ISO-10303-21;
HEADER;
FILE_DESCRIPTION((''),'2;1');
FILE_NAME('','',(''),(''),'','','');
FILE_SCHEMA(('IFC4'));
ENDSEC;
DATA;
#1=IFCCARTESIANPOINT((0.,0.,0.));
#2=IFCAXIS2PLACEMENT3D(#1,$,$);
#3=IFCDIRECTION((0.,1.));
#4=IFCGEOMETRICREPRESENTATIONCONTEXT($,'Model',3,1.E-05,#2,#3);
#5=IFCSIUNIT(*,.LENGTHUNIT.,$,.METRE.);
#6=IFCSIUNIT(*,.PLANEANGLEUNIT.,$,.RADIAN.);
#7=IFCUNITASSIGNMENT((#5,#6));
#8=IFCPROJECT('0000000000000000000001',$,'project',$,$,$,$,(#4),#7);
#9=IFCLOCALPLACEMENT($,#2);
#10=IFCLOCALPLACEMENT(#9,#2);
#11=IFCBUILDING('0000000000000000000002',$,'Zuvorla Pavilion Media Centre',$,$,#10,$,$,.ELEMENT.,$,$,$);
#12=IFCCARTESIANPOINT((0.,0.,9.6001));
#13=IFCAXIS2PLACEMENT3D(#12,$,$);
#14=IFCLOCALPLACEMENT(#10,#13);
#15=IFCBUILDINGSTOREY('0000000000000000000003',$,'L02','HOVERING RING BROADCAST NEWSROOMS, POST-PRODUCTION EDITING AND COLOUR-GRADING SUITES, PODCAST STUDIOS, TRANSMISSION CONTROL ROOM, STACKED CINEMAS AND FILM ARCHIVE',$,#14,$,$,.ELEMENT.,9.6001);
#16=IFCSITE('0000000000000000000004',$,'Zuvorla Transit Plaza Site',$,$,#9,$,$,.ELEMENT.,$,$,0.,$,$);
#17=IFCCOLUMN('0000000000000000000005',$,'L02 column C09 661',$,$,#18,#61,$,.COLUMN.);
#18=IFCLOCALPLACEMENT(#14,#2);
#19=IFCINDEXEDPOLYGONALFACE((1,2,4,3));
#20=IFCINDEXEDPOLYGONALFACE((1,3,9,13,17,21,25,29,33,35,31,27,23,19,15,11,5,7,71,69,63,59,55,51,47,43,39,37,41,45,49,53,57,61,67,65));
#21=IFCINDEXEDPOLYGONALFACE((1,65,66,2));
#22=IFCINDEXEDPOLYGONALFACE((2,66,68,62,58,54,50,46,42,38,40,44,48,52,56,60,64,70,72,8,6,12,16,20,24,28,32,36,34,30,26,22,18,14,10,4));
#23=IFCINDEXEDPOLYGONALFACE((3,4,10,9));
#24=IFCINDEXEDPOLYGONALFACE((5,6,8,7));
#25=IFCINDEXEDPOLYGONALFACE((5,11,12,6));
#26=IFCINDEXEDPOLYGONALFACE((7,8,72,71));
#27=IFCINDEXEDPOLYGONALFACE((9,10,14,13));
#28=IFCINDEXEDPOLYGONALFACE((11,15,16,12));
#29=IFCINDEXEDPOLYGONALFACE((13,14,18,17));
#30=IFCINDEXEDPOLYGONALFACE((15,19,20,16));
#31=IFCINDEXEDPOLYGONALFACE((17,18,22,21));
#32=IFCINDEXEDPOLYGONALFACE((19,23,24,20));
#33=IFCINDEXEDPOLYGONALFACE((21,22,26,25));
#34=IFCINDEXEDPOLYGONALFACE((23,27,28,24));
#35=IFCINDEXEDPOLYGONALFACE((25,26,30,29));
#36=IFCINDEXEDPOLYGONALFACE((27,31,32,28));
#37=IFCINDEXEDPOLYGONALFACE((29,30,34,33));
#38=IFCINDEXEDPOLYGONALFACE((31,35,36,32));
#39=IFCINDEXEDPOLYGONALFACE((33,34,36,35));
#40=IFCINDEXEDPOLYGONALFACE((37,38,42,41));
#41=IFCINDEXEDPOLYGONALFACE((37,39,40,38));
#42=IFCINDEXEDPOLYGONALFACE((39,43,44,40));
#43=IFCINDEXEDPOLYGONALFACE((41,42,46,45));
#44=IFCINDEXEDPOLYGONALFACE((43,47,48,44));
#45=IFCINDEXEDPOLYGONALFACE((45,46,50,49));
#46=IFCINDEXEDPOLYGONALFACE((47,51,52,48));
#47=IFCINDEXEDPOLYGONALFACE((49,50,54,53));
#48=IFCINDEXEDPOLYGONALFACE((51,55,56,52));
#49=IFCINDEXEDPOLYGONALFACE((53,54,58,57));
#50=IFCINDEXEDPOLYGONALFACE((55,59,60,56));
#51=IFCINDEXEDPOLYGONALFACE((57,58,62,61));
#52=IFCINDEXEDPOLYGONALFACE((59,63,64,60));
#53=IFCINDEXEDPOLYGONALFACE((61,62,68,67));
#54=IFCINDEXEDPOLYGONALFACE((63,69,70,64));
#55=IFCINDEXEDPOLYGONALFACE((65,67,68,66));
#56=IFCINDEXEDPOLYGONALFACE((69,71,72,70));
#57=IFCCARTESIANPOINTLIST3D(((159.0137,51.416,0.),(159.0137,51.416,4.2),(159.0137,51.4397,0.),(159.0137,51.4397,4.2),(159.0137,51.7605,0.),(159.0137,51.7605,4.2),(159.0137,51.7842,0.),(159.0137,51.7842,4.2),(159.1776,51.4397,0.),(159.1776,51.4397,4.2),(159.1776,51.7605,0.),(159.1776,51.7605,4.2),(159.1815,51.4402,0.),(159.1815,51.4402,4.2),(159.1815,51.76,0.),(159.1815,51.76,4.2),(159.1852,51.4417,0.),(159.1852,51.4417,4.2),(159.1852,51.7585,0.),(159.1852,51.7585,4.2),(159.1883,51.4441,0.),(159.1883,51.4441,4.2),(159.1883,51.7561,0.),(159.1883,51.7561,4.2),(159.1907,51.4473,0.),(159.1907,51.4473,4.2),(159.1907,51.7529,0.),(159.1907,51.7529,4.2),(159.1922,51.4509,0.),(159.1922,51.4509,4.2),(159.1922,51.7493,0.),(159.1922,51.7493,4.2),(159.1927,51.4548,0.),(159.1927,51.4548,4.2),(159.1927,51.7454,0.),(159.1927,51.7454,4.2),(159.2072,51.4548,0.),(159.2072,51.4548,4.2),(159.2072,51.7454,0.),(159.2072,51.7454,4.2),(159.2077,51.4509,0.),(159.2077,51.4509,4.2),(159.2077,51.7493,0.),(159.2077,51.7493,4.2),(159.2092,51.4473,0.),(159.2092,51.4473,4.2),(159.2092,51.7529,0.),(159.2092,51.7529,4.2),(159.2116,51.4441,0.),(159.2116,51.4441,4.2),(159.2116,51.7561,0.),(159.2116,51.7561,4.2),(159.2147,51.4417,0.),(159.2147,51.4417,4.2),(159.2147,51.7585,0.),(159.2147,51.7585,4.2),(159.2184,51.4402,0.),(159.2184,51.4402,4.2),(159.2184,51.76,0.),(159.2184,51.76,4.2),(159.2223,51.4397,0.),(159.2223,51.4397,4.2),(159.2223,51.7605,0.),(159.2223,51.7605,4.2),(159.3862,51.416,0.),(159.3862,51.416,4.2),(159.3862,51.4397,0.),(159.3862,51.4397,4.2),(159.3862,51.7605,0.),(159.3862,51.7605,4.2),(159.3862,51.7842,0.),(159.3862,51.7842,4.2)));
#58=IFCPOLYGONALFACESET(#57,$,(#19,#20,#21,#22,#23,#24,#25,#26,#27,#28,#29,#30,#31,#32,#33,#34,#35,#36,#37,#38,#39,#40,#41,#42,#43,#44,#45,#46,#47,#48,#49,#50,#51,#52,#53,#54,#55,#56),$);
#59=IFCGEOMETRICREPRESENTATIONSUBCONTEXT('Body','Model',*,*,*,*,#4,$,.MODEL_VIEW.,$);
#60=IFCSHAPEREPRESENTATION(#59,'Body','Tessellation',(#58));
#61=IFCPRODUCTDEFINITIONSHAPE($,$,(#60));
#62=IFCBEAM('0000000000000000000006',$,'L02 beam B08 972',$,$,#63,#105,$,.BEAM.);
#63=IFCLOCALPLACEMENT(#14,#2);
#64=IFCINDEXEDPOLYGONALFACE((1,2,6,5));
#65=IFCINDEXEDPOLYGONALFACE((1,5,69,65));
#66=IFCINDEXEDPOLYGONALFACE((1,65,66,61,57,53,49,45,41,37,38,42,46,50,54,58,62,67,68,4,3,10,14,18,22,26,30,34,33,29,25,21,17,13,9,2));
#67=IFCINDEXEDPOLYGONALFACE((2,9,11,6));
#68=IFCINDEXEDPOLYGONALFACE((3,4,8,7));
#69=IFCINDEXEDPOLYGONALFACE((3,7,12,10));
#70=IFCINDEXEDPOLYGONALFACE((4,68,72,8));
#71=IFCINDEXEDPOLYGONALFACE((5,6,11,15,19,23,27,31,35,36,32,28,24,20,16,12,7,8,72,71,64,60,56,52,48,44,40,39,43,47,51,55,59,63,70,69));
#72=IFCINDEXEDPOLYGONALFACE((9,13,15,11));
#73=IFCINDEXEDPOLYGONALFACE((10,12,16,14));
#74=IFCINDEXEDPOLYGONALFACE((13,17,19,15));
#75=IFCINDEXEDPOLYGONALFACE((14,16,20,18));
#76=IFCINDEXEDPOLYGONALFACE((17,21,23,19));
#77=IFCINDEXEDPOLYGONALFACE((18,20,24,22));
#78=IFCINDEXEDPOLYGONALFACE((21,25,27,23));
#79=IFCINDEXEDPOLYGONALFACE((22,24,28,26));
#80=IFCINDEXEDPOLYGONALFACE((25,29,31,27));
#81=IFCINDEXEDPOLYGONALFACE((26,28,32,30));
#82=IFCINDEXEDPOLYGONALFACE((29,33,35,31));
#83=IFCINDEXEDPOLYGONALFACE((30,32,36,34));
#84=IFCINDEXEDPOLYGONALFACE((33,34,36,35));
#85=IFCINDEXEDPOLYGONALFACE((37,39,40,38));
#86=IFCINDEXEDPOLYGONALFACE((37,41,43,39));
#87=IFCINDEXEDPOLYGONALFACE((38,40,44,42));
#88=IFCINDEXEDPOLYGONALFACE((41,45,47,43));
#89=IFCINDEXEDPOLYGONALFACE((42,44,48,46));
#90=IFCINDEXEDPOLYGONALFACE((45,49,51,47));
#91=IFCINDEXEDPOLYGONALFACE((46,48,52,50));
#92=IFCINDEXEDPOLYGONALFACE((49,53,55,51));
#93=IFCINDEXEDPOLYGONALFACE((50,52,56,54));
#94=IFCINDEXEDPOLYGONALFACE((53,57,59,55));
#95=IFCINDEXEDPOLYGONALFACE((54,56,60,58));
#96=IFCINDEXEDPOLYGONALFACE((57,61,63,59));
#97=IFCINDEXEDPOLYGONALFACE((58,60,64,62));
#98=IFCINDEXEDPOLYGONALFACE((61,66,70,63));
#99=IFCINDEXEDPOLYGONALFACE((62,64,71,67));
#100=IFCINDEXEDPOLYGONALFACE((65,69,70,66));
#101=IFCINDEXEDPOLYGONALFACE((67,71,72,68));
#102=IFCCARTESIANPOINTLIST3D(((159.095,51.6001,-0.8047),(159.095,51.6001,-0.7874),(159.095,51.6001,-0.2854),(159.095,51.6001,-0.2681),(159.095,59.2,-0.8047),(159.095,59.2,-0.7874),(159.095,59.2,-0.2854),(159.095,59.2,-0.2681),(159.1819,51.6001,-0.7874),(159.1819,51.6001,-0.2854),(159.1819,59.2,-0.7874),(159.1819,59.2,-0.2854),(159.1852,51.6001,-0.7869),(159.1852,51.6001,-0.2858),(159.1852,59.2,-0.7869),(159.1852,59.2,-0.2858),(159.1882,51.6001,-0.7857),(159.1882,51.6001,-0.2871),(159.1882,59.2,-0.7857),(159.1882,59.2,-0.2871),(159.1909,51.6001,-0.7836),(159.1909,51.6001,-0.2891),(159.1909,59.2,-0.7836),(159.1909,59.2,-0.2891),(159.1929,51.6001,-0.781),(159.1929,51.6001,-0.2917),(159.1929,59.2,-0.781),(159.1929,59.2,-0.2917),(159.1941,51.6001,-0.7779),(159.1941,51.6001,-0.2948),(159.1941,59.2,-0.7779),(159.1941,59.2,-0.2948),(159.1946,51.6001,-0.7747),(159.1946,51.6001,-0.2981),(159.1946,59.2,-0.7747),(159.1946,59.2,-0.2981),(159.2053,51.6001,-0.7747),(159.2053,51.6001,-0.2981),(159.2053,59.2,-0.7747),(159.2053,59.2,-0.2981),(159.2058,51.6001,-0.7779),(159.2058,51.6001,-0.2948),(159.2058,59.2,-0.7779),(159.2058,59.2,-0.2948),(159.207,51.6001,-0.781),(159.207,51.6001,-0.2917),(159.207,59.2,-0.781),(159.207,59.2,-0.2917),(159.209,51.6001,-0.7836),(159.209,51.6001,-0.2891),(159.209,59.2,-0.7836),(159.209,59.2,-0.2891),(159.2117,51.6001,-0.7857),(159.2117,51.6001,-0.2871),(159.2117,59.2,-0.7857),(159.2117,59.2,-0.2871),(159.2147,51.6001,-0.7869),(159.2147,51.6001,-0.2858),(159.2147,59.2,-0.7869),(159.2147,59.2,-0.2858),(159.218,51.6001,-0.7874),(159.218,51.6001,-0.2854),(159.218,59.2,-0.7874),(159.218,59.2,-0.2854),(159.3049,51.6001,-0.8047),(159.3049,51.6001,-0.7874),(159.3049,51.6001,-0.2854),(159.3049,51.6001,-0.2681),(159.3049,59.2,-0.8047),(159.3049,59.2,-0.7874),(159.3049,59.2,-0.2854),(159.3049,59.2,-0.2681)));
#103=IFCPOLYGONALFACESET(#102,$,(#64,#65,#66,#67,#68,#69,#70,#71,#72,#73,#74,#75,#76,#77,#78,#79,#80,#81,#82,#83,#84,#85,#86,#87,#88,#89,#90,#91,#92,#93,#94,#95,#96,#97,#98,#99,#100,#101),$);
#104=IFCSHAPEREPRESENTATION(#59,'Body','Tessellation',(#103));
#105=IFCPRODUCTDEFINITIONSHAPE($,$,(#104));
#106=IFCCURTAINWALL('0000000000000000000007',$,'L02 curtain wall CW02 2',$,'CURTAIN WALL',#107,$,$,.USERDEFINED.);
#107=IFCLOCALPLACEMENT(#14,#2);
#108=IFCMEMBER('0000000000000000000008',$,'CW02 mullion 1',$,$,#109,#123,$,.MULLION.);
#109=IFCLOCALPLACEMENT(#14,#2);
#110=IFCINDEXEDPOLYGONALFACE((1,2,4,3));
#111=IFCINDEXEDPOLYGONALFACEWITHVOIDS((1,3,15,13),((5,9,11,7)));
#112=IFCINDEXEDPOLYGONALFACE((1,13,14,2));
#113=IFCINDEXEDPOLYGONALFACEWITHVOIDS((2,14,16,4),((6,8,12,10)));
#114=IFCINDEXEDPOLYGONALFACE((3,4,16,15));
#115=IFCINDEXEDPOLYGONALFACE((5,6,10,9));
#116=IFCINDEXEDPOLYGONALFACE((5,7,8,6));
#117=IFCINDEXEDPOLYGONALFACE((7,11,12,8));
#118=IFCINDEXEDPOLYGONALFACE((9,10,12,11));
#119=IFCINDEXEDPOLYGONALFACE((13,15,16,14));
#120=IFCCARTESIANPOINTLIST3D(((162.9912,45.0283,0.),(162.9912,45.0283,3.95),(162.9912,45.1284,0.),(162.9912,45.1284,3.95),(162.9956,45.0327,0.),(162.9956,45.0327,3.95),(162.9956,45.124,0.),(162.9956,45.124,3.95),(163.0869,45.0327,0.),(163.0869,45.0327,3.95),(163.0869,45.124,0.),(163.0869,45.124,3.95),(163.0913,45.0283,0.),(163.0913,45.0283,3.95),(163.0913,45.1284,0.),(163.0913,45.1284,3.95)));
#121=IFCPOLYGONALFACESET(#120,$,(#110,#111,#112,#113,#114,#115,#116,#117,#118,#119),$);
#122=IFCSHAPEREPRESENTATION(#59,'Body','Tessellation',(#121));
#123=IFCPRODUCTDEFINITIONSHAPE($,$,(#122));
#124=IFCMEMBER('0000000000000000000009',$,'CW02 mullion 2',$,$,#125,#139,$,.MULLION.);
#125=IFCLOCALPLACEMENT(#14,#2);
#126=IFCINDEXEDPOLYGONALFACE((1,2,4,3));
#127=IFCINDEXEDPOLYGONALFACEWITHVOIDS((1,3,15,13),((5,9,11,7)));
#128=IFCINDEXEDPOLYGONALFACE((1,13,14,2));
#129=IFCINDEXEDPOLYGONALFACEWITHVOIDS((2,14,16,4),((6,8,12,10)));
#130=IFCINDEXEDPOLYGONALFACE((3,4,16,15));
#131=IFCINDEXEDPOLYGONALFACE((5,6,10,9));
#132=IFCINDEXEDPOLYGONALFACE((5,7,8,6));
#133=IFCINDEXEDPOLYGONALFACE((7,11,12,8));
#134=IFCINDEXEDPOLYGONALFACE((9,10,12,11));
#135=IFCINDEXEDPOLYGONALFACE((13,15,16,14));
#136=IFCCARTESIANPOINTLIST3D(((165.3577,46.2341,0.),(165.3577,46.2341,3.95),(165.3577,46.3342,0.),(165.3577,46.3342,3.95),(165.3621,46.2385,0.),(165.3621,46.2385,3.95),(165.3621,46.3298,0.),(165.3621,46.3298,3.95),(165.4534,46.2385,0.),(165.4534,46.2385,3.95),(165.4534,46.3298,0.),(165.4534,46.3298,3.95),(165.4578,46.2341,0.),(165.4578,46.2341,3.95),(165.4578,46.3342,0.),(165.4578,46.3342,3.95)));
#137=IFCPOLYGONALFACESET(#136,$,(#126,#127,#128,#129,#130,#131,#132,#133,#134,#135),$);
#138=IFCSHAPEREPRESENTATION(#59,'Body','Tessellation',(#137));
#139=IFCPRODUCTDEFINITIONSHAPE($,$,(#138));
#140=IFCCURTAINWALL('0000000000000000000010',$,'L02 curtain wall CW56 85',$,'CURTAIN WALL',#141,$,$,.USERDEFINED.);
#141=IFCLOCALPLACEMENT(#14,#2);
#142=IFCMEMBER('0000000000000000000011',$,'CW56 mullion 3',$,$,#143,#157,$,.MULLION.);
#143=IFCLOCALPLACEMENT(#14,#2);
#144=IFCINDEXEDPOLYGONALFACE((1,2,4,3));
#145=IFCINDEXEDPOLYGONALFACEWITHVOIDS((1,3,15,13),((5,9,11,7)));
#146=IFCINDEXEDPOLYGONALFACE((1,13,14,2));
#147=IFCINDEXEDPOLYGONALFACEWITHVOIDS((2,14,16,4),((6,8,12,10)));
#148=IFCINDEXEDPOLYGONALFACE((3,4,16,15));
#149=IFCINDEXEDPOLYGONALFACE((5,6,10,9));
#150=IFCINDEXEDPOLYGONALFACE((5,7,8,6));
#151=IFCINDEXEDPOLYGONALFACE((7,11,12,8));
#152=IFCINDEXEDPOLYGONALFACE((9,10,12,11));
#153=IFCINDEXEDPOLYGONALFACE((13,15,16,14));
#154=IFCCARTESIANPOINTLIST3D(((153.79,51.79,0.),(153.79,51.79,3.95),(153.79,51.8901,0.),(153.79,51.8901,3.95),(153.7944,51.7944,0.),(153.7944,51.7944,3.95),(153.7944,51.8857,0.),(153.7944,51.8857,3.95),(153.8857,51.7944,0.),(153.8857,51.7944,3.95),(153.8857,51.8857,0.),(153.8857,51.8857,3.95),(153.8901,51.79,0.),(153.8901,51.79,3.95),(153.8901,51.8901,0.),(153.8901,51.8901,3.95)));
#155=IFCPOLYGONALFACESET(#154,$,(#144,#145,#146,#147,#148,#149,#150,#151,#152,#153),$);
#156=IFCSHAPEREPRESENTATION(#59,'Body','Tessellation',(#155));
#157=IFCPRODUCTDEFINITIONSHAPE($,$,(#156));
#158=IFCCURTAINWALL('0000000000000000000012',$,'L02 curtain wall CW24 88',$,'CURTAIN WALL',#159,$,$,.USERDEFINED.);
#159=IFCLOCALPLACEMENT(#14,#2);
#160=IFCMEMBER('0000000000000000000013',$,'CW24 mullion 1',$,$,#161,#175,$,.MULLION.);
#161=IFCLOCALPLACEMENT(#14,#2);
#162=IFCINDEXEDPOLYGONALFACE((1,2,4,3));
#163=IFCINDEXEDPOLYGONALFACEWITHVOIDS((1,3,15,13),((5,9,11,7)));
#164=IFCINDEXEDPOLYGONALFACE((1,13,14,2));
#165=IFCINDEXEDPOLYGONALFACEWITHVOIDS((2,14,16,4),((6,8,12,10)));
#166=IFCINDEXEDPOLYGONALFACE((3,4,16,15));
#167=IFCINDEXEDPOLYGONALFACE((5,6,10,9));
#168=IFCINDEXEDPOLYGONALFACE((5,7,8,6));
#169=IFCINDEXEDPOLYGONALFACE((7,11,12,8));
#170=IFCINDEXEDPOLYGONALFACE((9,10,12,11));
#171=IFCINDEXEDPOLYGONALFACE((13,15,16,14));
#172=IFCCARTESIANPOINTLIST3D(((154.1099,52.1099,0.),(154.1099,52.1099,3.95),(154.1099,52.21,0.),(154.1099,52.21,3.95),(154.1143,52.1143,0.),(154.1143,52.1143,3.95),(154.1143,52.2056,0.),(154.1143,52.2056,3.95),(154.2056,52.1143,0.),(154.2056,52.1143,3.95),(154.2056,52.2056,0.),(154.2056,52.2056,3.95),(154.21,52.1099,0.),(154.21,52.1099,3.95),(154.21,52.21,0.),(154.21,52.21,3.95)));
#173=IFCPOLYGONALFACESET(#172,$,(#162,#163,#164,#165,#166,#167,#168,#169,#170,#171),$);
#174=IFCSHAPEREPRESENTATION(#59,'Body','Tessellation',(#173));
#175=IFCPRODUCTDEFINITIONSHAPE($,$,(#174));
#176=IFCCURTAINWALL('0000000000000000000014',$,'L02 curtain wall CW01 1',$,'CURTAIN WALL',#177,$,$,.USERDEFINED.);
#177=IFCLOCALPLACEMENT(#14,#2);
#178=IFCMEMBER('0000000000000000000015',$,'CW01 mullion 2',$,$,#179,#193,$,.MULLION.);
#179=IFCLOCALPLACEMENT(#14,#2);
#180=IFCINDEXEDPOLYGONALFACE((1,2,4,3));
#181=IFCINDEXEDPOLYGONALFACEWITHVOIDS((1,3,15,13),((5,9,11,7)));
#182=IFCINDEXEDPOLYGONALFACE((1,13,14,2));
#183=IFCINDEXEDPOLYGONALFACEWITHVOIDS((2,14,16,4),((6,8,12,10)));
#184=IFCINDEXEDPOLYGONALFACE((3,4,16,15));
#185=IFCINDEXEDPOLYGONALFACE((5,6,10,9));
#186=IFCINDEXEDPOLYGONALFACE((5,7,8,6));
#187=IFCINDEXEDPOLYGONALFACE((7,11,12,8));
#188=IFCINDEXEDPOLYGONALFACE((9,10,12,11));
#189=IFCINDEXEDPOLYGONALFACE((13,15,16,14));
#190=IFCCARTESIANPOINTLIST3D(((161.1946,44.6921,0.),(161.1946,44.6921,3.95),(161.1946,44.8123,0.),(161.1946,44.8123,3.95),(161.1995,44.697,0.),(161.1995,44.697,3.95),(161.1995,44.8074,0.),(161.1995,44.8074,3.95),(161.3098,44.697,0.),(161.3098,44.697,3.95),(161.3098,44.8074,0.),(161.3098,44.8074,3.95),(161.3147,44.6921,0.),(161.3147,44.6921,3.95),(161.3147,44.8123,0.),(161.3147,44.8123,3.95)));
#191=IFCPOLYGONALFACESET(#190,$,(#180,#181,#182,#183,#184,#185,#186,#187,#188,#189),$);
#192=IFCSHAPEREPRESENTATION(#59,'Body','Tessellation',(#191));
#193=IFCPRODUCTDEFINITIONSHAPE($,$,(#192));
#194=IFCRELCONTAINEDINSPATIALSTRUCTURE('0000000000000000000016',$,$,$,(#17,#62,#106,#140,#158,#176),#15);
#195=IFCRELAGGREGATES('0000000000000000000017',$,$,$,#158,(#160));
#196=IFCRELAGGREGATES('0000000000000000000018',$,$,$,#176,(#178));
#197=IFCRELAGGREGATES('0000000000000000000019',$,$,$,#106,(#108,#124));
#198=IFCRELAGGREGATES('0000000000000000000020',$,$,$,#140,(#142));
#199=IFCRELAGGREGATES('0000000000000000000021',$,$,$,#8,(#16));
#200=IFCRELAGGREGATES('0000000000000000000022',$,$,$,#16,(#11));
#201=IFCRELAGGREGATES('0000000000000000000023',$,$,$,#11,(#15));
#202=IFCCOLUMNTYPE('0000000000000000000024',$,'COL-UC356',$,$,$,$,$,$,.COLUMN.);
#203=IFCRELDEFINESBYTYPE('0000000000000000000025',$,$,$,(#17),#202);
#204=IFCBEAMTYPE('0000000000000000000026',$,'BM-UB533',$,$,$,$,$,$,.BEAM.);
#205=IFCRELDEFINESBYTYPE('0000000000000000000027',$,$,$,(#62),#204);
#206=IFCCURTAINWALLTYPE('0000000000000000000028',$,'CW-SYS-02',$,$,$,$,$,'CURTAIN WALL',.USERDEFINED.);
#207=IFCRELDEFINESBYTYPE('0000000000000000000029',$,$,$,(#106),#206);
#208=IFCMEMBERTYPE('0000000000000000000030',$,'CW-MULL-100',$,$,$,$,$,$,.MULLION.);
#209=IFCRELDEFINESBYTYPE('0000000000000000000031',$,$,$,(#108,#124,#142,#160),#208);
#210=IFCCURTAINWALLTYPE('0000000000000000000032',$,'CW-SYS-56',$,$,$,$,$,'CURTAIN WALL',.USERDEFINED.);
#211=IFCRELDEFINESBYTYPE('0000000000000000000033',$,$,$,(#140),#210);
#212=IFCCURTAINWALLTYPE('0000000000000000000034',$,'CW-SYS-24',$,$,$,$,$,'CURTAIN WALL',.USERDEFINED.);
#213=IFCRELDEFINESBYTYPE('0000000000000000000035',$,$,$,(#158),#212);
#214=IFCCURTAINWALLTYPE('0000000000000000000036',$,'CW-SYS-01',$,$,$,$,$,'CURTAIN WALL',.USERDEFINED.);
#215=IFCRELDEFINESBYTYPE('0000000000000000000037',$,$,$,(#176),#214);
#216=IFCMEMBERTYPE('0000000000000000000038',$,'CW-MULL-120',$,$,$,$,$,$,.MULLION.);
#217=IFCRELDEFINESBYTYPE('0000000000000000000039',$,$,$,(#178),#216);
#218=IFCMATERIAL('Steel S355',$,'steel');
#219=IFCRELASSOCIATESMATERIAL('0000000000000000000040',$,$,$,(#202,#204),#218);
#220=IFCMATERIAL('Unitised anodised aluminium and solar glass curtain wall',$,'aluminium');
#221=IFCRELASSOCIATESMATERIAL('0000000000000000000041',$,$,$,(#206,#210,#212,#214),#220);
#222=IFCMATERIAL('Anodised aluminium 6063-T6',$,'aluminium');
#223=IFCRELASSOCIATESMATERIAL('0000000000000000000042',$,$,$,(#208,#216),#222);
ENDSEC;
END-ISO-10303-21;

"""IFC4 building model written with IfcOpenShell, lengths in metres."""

from ifc_helpers import new_model, si_unit, direction, frame, origin, origin_2d, place, context, subcontext, project, spatial, hollow_rectangle, i_section, extrude, material, material_profile, profile_set, type_object, element, aggregate, save


model = new_model("IFC4")

# Units and contexts
model_context = context("Model", 3, precision=1e-05, world=origin(), true_north=direction((0.0, 1.0)))
body_context = subcontext(model_context, "Body", "Model", "MODEL_VIEW")
ifc_project = project(units=[si_unit("LENGTHUNIT", "METRE"), si_unit("PLANEANGLEUNIT", "RADIAN")], contexts=[model_context])

# Site, building, storey
site_placement = place(None, origin())
site = spatial("IfcSite", under=ifc_project, at=site_placement, Name="Zuvorla Transit Plaza Site", CompositionType="ELEMENT", RefElevation=0.0)
building_placement = place(site_placement, origin())
building = spatial("IfcBuilding", under=site, at=building_placement, Name="Zuvorla Pavilion Media Centre", CompositionType="ELEMENT")
storey_placement = place(building_placement, frame((0.0, 0.0, 9.6001)))
storey = spatial("IfcBuildingStorey", under=building, at=storey_placement, Name="L02", Description="HOVERING RING BROADCAST NEWSROOMS, POST-PRODUCTION EDITING AND COLOUR-GRADING SUITES, PODCAST STUDIOS, TRANSMISSION CONTROL ROOM, STACKED CINEMAS AND FILM ARCHIVE", CompositionType="ELEMENT", Elevation=9.6001)

# Column
ifc_material_1 = material(Name="Steel S355", Category="steel")
ifc_material_profile_1 = material_profile(ifc_material_1, i_section(OverallWidth=0.3726, OverallDepth=0.3682, WebThickness=0.0144, FlangeThickness=0.0237, FilletRadius=0.0151, at=origin_2d()), Name="UC 356x368x177")
ifc_profile_set_1 = profile_set([ifc_material_profile_1], Name="Steel S355")
column_type = type_object("IfcColumnType", Name="COL-UC356", PredefinedType="COLUMN", material=ifc_profile_set_1)
column_placement = place(storey_placement, frame((159.2, 51.6001, 0.0), z_axis=(0.0, 0.0, 1.0), x_axis=(1.0, 0.0, 0.0)))
element("IfcColumn", 1, at=column_placement, inside=storey, type_object=column_type, Name="L02 column C09 661", PredefinedType="COLUMN", context=body_context, shape_type="SweptSolid", body=[
    extrude(i_section(OverallWidth=0.3726, OverallDepth=0.3682, WebThickness=0.0144, FlangeThickness=0.0237, FilletRadius=0.0151, at=origin_2d()), origin(), (0.0, 0.0, 1.0), 4.2),
])

# Beam
ifc_material_profile_2 = material_profile(ifc_material_1, i_section(OverallWidth=0.21, OverallDepth=0.5366, WebThickness=0.0107, FlangeThickness=0.0173, FilletRadius=0.0127, at=origin_2d()), Name="UB 533x210x101")
ifc_profile_set_2 = profile_set([ifc_material_profile_2], Name="Steel S355")
beam_type = type_object("IfcBeamType", Name="BM-UB533", PredefinedType="BEAM", material=ifc_profile_set_2)
beam_placement = place(storey_placement, frame((159.2, 51.6001, -0.5364), z_axis=(0.0, 1.0, 0.0), x_axis=(-1.0, 0.0, 0.0)))
element("IfcBeam", 2, at=beam_placement, inside=storey, type_object=beam_type, Name="L02 beam B08 972", PredefinedType="BEAM", context=body_context, shape_type="SweptSolid", body=[
    extrude(i_section(OverallWidth=0.21, OverallDepth=0.5366, WebThickness=0.0107, FlangeThickness=0.0173, FilletRadius=0.0127, at=origin_2d()), origin(), (0.0, 0.0, 1.0), 7.5999),
])

# Curtain wall, members
ifc_material_2 = material(Name="Unitised anodised aluminium and solar glass curtain wall", Category="aluminium")
curtain_wall_type_1 = type_object("IfcCurtainWallType", Name="CW-SYS-02", ElementType="CURTAIN WALL", PredefinedType="USERDEFINED", material=ifc_material_2)
curtain_wall_1_placement = place(storey_placement, origin())
curtain_wall_1 = element("IfcCurtainWall", 3, at=curtain_wall_1_placement, inside=storey, type_object=curtain_wall_type_1, Name="L02 curtain wall CW02 2", ObjectType="CURTAIN WALL", PredefinedType="USERDEFINED")
ifc_material_3 = material(Name="Anodised aluminium 6063-T6", Category="aluminium")
ifc_material_profile_3 = material_profile(ifc_material_3, hollow_rectangle(XDim=0.1001, YDim=0.1001, WallThickness=0.0044, at=origin_2d()), Name="ALU MULL 100x100")
ifc_profile_set_3 = profile_set([ifc_material_profile_3], Name="Anodised aluminium 6063-T6")
member_type_1 = type_object("IfcMemberType", Name="CW-MULL-100", PredefinedType="MULLION", material=ifc_profile_set_3)
member_1_placement = place(storey_placement, frame((163.0413, 45.0784, 0.0), z_axis=(0.0, 0.0, 1.0), x_axis=(1.0, 0.0, 0.0)))
member_1 = element("IfcMember", 4, at=member_1_placement, type_object=member_type_1, Name="CW02 mullion 1", PredefinedType="MULLION", context=body_context, shape_type="SweptSolid", body=[
    extrude(hollow_rectangle(XDim=0.1001, YDim=0.1001, WallThickness=0.0044, at=origin_2d()), origin(), (0.0, 0.0, 1.0), 3.95),
])
member_2_placement = place(storey_placement, frame((165.4077, 46.2842, 0.0), z_axis=(0.0, 0.0, 1.0), x_axis=(1.0, 0.0, 0.0)))
member_2 = element("IfcMember", 5, at=member_2_placement, type_object=member_type_1, Name="CW02 mullion 2", PredefinedType="MULLION", context=body_context, shape_type="SweptSolid", body=[
    extrude(hollow_rectangle(XDim=0.1001, YDim=0.1001, WallThickness=0.0044, at=origin_2d()), origin(), (0.0, 0.0, 1.0), 3.95),
])

# Curtain walls, members
curtain_wall_type_2 = type_object("IfcCurtainWallType", Name="CW-SYS-56", ElementType="CURTAIN WALL", PredefinedType="USERDEFINED", material=ifc_material_2)
curtain_wall_2_placement = place(storey_placement, origin())
curtain_wall_2 = element("IfcCurtainWall", 6, at=curtain_wall_2_placement, inside=storey, type_object=curtain_wall_type_2, Name="L02 curtain wall CW56 85", ObjectType="CURTAIN WALL", PredefinedType="USERDEFINED")
member_3_placement = place(storey_placement, frame((153.8401, 51.8401, 0.0), z_axis=(0.0, 0.0, 1.0), x_axis=(1.0, 0.0, 0.0)))
member_3 = element("IfcMember", 7, at=member_3_placement, type_object=member_type_1, Name="CW56 mullion 3", PredefinedType="MULLION", context=body_context, shape_type="SweptSolid", body=[
    extrude(hollow_rectangle(XDim=0.1001, YDim=0.1001, WallThickness=0.0044, at=origin_2d()), origin(), (0.0, 0.0, 1.0), 3.95),
])
curtain_wall_type_3 = type_object("IfcCurtainWallType", Name="CW-SYS-24", ElementType="CURTAIN WALL", PredefinedType="USERDEFINED", material=ifc_material_2)
curtain_wall_3_placement = place(storey_placement, origin())
curtain_wall_3 = element("IfcCurtainWall", 8, at=curtain_wall_3_placement, inside=storey, type_object=curtain_wall_type_3, Name="L02 curtain wall CW24 88", ObjectType="CURTAIN WALL", PredefinedType="USERDEFINED")
member_4_placement = place(storey_placement, frame((154.1599, 52.1599, 0.0), z_axis=(0.0, 0.0, 1.0), x_axis=(1.0, 0.0, 0.0)))
member_4 = element("IfcMember", 9, at=member_4_placement, type_object=member_type_1, Name="CW24 mullion 1", PredefinedType="MULLION", context=body_context, shape_type="SweptSolid", body=[
    extrude(hollow_rectangle(XDim=0.1001, YDim=0.1001, WallThickness=0.0044, at=origin_2d()), origin(), (0.0, 0.0, 1.0), 3.95),
])
aggregate(curtain_wall_3, [member_4])

# Curtain wall, member
curtain_wall_type_4 = type_object("IfcCurtainWallType", Name="CW-SYS-01", ElementType="CURTAIN WALL", PredefinedType="USERDEFINED", material=ifc_material_2)
curtain_wall_4_placement = place(storey_placement, origin())
curtain_wall_4 = element("IfcCurtainWall", 10, at=curtain_wall_4_placement, inside=storey, type_object=curtain_wall_type_4, Name="L02 curtain wall CW01 1", ObjectType="CURTAIN WALL", PredefinedType="USERDEFINED")
ifc_material_profile_4 = material_profile(ifc_material_3, hollow_rectangle(XDim=0.1201, YDim=0.1201, WallThickness=0.0049, at=origin_2d()), Name="ALU MULL 120x120")
ifc_profile_set_4 = profile_set([ifc_material_profile_4], Name="Anodised aluminium 6063-T6")
member_type_2 = type_object("IfcMemberType", Name="CW-MULL-120", PredefinedType="MULLION", material=ifc_profile_set_4)
member_5_placement = place(storey_placement, frame((161.2546, 44.7522, 0.0), z_axis=(0.0, 0.0, 1.0), x_axis=(1.0, 0.0, 0.0)))
member_5 = element("IfcMember", 11, at=member_5_placement, type_object=member_type_2, Name="CW01 mullion 2", PredefinedType="MULLION", context=body_context, shape_type="SweptSolid", body=[
    extrude(hollow_rectangle(XDim=0.1201, YDim=0.1201, WallThickness=0.0049, at=origin_2d()), origin(), (0.0, 0.0, 1.0), 3.95),
])

aggregate(curtain_wall_4, [member_5])
aggregate(curtain_wall_1, [member_1, member_2])
aggregate(curtain_wall_2, [member_3])

save(model, "model.ifc")
